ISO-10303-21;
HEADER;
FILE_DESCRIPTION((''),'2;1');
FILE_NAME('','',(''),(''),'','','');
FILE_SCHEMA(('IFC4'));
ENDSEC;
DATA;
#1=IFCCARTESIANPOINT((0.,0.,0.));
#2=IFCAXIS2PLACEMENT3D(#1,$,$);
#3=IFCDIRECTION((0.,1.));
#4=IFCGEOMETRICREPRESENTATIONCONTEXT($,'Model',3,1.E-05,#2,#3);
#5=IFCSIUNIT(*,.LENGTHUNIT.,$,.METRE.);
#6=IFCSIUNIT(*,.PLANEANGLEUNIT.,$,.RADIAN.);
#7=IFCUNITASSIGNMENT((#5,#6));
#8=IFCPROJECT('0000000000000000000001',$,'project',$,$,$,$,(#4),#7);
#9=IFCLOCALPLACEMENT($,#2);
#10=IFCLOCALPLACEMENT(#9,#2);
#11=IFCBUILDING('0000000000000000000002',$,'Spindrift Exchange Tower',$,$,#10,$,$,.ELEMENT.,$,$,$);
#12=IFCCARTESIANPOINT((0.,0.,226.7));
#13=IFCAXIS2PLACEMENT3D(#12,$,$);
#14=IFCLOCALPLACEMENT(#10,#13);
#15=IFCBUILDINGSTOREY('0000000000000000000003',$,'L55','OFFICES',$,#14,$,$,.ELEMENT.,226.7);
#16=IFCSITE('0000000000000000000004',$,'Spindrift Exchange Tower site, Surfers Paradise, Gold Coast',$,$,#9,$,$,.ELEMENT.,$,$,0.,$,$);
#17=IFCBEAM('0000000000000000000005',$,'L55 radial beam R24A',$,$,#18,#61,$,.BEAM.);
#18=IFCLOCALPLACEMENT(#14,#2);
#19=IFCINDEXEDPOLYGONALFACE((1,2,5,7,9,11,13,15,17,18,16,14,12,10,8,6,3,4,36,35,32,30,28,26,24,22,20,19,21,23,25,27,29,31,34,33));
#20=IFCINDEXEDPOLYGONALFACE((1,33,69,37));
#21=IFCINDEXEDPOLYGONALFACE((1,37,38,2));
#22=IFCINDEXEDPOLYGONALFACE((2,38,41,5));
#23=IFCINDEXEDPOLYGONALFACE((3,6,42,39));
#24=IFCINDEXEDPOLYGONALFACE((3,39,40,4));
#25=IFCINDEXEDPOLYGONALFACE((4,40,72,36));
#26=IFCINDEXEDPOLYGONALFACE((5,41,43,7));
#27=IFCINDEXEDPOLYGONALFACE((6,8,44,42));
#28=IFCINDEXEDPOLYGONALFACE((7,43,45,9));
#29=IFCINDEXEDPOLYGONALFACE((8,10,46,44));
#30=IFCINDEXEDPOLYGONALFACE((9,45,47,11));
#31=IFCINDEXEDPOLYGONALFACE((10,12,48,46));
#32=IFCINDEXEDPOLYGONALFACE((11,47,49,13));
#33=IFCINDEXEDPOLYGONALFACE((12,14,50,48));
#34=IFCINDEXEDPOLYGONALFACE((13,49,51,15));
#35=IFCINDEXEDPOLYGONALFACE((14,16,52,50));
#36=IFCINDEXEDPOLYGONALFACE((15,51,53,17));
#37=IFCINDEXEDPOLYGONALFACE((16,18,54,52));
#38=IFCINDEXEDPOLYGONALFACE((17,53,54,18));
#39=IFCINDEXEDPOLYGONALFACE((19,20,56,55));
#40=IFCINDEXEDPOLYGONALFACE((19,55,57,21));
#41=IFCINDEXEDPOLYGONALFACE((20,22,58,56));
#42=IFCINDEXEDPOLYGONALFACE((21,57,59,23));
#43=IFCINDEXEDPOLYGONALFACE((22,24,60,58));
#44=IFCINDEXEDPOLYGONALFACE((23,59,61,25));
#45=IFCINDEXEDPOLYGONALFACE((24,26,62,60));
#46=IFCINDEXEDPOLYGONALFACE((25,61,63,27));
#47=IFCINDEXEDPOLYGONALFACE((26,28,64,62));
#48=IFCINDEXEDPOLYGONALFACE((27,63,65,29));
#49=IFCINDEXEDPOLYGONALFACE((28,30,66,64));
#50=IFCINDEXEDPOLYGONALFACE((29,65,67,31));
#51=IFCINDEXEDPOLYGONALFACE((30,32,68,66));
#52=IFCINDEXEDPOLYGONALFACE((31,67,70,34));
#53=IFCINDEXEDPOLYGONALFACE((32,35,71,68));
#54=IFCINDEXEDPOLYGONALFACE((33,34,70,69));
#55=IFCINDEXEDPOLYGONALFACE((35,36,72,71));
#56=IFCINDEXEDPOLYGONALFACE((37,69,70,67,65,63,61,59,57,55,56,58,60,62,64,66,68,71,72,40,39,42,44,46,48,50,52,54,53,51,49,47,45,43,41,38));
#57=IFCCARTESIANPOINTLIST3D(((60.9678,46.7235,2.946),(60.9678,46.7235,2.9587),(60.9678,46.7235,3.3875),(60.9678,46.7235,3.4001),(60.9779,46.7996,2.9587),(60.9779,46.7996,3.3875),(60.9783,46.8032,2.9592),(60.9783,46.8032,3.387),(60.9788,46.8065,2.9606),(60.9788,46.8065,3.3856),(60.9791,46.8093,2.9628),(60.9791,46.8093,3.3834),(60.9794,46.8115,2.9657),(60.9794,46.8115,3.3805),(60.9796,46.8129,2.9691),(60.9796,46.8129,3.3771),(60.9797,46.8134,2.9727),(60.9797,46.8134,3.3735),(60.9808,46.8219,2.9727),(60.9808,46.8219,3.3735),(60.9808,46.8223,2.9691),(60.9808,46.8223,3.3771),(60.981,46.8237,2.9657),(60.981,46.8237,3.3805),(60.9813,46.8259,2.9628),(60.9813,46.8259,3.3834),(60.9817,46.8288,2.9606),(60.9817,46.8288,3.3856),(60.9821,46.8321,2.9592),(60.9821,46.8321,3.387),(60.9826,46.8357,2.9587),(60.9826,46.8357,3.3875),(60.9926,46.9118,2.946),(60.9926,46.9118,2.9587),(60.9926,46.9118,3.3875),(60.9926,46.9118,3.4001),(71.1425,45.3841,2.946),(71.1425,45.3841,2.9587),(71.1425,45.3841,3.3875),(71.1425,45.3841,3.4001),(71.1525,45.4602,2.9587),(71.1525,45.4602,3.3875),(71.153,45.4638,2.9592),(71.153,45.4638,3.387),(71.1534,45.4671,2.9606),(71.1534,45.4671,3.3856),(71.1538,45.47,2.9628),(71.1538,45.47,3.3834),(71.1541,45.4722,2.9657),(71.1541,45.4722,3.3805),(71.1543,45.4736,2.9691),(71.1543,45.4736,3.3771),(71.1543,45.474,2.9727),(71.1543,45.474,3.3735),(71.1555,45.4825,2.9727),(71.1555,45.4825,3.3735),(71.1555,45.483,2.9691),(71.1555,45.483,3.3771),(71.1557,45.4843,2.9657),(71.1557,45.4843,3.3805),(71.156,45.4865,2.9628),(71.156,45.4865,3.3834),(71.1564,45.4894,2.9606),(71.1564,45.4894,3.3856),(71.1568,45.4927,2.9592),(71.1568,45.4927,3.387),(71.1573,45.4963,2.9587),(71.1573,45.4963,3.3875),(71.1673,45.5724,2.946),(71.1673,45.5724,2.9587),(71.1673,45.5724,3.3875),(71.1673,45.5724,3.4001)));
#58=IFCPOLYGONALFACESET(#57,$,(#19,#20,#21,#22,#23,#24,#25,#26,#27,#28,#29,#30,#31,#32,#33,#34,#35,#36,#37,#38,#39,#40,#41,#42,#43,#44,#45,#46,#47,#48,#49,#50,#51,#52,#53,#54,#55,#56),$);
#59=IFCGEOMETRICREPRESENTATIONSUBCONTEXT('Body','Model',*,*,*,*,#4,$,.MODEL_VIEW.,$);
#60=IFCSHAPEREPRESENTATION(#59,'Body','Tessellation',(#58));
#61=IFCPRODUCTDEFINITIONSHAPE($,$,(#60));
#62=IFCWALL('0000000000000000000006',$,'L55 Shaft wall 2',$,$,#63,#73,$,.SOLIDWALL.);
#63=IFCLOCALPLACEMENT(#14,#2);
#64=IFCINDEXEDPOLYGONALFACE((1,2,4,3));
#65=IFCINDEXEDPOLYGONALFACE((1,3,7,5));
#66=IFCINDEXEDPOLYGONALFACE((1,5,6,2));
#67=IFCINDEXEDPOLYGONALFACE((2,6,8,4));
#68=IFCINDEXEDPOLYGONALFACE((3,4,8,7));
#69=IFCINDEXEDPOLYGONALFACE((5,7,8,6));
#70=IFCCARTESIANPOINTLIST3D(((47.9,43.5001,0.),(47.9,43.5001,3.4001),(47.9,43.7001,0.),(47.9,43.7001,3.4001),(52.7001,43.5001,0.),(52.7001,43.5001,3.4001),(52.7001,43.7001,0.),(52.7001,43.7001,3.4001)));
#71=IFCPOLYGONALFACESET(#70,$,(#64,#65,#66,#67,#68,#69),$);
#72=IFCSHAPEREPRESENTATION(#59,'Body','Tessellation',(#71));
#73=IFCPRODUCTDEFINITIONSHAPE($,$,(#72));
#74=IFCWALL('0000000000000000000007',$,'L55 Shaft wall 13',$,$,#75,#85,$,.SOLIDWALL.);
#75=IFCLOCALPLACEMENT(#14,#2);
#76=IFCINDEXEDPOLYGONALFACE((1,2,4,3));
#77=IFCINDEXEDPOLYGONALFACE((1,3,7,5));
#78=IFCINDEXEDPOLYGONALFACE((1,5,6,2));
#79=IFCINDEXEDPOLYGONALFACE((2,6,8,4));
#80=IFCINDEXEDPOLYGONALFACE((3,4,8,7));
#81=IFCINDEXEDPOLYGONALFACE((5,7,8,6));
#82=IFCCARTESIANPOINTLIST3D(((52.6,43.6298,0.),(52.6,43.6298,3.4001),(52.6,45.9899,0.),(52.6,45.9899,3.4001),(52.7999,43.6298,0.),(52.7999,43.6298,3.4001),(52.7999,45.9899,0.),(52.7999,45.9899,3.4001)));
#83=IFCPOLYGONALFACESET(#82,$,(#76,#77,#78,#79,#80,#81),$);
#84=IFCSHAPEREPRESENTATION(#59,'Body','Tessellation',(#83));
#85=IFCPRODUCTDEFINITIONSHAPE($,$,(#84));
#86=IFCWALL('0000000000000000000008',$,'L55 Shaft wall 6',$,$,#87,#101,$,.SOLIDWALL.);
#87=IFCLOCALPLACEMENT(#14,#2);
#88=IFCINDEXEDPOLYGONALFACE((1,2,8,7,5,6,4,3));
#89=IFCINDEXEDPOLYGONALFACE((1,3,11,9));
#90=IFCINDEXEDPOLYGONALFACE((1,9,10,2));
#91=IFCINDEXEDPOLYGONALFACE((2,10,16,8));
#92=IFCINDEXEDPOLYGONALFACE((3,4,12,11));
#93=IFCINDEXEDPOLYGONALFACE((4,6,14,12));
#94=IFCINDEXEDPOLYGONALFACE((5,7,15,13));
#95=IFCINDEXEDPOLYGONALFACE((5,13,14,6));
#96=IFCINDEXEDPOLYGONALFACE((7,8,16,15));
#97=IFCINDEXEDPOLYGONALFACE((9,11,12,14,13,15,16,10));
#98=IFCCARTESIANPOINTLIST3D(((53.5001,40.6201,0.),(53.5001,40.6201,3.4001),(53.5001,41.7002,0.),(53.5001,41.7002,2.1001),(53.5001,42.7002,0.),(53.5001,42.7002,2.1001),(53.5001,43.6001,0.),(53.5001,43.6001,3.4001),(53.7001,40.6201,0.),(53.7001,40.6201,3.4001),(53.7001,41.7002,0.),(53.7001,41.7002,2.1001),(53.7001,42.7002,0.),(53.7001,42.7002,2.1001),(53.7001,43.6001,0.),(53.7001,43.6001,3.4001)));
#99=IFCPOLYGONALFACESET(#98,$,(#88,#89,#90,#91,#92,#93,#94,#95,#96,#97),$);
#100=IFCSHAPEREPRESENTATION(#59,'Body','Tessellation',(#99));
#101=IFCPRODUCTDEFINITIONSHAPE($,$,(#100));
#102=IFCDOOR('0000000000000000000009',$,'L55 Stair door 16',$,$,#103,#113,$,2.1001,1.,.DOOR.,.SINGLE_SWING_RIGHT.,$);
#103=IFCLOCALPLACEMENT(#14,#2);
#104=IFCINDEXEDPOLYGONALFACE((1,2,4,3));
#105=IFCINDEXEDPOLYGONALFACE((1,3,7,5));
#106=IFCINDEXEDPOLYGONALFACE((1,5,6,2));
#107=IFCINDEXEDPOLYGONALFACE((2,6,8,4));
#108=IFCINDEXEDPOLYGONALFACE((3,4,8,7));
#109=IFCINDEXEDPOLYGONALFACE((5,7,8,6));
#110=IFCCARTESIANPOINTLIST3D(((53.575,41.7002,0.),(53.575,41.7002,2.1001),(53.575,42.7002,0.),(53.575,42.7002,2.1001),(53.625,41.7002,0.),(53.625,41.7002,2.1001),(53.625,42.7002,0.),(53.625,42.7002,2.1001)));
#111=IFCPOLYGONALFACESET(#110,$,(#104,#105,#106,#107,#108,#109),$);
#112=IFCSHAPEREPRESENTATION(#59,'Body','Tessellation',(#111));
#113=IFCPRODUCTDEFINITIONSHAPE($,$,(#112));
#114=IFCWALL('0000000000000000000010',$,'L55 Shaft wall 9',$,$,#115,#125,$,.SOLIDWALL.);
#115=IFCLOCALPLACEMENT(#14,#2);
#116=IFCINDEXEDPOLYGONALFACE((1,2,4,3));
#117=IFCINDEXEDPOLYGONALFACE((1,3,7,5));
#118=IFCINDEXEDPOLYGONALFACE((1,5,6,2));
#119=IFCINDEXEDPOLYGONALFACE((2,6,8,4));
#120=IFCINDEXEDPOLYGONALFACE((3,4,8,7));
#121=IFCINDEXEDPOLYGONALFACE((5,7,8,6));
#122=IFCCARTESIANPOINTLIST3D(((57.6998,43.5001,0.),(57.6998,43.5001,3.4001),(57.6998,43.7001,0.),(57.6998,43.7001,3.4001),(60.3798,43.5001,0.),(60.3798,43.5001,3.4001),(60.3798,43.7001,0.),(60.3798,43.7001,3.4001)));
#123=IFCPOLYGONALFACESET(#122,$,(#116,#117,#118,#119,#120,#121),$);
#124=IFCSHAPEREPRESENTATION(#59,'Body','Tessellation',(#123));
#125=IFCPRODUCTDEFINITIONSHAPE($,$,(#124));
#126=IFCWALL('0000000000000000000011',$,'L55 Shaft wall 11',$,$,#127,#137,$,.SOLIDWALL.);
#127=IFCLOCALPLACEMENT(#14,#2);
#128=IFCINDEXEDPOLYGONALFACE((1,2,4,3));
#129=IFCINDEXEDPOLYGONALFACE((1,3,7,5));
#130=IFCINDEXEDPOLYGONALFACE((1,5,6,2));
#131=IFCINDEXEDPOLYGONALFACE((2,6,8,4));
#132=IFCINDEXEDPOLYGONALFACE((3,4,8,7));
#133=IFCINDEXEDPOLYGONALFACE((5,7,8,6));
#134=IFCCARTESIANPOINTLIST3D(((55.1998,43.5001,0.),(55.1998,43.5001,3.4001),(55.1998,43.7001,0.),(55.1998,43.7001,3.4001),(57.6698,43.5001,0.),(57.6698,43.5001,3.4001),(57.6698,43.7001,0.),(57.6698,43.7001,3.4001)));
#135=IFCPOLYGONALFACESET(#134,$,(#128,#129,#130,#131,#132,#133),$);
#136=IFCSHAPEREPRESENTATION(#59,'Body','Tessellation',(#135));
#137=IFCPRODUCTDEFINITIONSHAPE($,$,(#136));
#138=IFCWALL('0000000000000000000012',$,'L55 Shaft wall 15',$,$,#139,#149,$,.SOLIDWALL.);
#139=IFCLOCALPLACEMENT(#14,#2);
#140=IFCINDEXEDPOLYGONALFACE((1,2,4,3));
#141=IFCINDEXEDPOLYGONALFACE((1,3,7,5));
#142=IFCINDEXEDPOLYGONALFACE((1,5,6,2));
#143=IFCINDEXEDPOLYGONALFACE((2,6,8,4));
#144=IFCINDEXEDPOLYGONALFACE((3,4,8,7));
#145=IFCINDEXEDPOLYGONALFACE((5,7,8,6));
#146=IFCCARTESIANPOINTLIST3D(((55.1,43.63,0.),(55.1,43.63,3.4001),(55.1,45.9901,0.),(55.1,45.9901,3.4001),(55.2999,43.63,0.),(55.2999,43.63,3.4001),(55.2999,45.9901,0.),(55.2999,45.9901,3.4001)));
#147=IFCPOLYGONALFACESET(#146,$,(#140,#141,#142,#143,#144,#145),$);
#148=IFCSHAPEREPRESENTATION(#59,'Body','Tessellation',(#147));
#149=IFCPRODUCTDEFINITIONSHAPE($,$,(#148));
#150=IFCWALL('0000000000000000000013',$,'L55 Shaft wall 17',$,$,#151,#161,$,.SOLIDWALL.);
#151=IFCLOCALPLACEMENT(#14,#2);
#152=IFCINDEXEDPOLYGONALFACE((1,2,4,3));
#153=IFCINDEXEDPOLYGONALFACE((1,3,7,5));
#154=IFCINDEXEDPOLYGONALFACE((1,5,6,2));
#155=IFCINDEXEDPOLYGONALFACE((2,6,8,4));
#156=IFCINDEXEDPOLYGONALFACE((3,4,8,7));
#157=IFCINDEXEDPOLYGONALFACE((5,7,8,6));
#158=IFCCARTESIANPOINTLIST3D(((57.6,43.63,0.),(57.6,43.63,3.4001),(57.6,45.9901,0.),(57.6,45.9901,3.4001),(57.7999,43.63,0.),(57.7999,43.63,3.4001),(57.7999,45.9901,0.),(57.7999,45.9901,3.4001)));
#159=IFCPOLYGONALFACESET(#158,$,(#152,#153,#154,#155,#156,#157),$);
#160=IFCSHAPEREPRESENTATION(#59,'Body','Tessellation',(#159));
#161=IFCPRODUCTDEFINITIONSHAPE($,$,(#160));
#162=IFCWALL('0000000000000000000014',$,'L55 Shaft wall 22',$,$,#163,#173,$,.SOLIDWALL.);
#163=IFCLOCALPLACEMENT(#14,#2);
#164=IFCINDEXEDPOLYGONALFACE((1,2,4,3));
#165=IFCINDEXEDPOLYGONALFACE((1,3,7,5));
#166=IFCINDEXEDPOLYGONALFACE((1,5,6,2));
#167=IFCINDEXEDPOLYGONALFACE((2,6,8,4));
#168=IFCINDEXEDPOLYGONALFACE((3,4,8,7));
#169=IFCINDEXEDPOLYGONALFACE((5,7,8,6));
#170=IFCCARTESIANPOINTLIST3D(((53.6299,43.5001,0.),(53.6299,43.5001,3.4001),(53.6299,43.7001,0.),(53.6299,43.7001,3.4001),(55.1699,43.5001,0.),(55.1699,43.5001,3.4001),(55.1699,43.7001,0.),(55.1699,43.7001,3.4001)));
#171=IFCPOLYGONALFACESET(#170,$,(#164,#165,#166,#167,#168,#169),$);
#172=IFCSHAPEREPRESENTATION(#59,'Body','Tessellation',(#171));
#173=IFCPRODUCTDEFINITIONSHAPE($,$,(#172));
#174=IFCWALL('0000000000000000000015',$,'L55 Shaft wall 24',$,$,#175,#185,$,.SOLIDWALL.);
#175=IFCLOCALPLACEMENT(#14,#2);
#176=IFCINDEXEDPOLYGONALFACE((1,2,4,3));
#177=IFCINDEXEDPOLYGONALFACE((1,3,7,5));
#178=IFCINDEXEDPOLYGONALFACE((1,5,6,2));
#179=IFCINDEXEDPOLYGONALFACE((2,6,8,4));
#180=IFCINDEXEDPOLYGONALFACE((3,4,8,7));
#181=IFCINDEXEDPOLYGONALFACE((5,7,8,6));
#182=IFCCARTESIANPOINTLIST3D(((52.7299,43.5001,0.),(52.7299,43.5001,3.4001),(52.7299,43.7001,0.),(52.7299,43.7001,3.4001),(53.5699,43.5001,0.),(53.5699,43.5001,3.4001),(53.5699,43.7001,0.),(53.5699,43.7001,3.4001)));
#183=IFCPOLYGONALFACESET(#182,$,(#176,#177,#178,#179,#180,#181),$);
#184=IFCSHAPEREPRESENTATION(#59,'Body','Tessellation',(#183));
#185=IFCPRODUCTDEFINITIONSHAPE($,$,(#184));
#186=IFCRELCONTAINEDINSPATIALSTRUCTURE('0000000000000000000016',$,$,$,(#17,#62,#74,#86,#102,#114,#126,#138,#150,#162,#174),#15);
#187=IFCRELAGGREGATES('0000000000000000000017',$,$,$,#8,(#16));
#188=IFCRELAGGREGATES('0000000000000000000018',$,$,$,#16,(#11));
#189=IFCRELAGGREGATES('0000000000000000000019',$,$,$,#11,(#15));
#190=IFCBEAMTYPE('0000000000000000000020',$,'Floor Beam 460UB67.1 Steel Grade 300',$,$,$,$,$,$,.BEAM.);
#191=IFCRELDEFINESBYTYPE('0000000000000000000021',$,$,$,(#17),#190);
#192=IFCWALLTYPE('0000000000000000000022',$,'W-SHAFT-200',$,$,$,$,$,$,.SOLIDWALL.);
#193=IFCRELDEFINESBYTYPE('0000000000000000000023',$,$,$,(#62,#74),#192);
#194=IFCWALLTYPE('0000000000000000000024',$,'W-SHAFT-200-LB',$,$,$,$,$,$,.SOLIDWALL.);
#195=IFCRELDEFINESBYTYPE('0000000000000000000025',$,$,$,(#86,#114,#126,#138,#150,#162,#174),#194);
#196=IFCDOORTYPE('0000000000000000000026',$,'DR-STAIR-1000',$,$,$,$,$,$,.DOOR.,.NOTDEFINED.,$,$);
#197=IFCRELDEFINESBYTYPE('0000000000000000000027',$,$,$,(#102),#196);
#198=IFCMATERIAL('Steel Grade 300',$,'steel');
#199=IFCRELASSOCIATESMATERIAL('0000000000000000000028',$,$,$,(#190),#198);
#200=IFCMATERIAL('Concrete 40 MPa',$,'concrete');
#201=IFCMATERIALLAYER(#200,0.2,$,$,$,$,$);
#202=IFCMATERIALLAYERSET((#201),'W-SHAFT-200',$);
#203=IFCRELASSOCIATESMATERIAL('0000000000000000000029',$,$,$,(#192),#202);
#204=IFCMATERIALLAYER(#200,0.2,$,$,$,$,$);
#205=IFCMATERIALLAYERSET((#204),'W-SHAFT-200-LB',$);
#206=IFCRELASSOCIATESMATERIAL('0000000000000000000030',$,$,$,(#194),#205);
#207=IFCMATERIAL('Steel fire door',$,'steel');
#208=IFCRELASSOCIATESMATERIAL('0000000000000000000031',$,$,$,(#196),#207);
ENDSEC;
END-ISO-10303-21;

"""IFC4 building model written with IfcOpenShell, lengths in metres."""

from ifc_helpers import new_model, si_unit, direction, frame, frame_2d, origin, origin_2d, place, context, subcontext, project, spatial, rectangle, i_section, extrude, source, transform, mapped, material, layer, layer_set, material_profile, profile_set, type_object, element, fill, save


model = new_model("IFC4")

# Units and contexts
model_context = context("Model", 3, precision=1e-05, world=origin(), true_north=direction((0.0, 1.0)))
body_context = subcontext(model_context, "Body", "Model", "MODEL_VIEW")
ifc_project = project(units=[si_unit("LENGTHUNIT", "METRE"), si_unit("PLANEANGLEUNIT", "RADIAN")], contexts=[model_context])

# Site, building, storey
site_placement = place(None, origin())
site = spatial("IfcSite", under=ifc_project, at=site_placement, Name="Spindrift Exchange Tower site, Surfers Paradise, Gold Coast", CompositionType="ELEMENT", RefElevation=0.0)
building_placement = place(site_placement, origin())
building = spatial("IfcBuilding", under=site, at=building_placement, Name="Spindrift Exchange Tower", CompositionType="ELEMENT")
storey_placement = place(building_placement, frame((0.0, 0.0, 226.7)))
storey = spatial("IfcBuildingStorey", under=building, at=storey_placement, Name="L55", Description="OFFICES", CompositionType="ELEMENT", Elevation=226.7)

# Beam
ifc_material_1 = material(Name="Steel Grade 300", Category="steel")
ifc_material_profile_1 = material_profile(ifc_material_1, i_section(OverallWidth=0.1899, OverallDepth=0.4541, WebThickness=0.0085, FlangeThickness=0.0127, FilletRadius=0.0139, at=origin_2d()), Name="460UB67.1")
ifc_profile_set_1 = profile_set([ifc_material_profile_1], Name="Steel Grade 300")
beam_type_1 = type_object("IfcBeamType", Name="Floor Beam 460UB67.1 Steel Grade 300", PredefinedType="BEAM", material=ifc_profile_set_1)
shared_shape_1 = source(origin(), body_context, "Body", "SweptSolid", [
    extrude(i_section(OverallWidth=0.1899, OverallDepth=0.4541, WebThickness=0.0085, FlangeThickness=0.0127, FilletRadius=0.0139, at=origin_2d()), origin(), (0.0, 0.0, 1.0), 10.2625),
])
beam_1_placement = place(storey_placement, frame((60.9802, 46.8176, 3.1731), z_axis=(0.991447, -0.130512, 0.0), x_axis=(0.130512, 0.991447, 0.0)))
element("IfcBeam", 1, at=beam_1_placement, inside=storey, type_object=beam_type_1, Name="L55 radial beam R24A", PredefinedType="BEAM", context=body_context, shape_type="MappedRepresentation", body=[
    mapped(shared_shape_1, transform((0.0, 0.0, 0.0), scale=1.0)),
])

# Walls
ifc_material_2 = material(Name="Concrete 40 MPa", Category="concrete")
ifc_layer_1 = layer(ifc_material_2, 0.2)
ifc_layer_set_1 = layer_set([ifc_layer_1], Name="W-SHAFT-200")
wall_type_1 = type_object("IfcWallType", Name="W-SHAFT-200", PredefinedType="SOLIDWALL", material=ifc_layer_set_1)
wall_1_placement = place(storey_placement, frame((52.7, 43.6001, 0.0), z_axis=(0.0, 0.0, 1.0), x_axis=(-1.0, 0.0, 0.0)))
element("IfcWall", 2, at=wall_1_placement, inside=storey, type_object=wall_type_1, Name="L55 Shaft wall 2", PredefinedType="SOLIDWALL", context=body_context, shape_type="SweptSolid", body=[
    extrude(rectangle(XDim=4.8, YDim=0.2, at=frame_2d((2.3999, 0.0))), origin(), (0.0, 0.0, 1.0), 3.4001),
])
wall_2_placement = place(storey_placement, frame((52.7, 45.99, 0.0), z_axis=(0.0, 0.0, 1.0), x_axis=(0.0, -1.0, 0.0)))
element("IfcWall", 3, at=wall_2_placement, inside=storey, type_object=wall_type_1, Name="L55 Shaft wall 13", PredefinedType="SOLIDWALL", context=body_context, shape_type="SweptSolid", body=[
    extrude(rectangle(XDim=2.3601, YDim=0.2, at=frame_2d((1.1802, 0.0))), origin(), (0.0, 0.0, 1.0), 3.4001),
])

# Wall, opening, door
ifc_layer_2 = layer(ifc_material_2, 0.2)
ifc_layer_set_2 = layer_set([ifc_layer_2], Name="W-SHAFT-200-LB")
wall_type_2 = type_object("IfcWallType", Name="W-SHAFT-200-LB", PredefinedType="SOLIDWALL", material=ifc_layer_set_2)
wall_3_placement = place(storey_placement, frame((53.6001, 43.6001, 0.0), z_axis=(0.0, 0.0, 1.0), x_axis=(0.0, -1.0, 0.0)))
wall_3 = element("IfcWall", 4, at=wall_3_placement, inside=storey, type_object=wall_type_2, Name="L55 Shaft wall 6", PredefinedType="SOLIDWALL", context=body_context, shape_type="SweptSolid", body=[
    extrude(rectangle(XDim=2.98, YDim=0.2, at=frame_2d((1.49, 0.0))), origin(), (0.0, 0.0, 1.0), 3.4001),
])
opening_placement = place(wall_3_placement, frame((0.8999, 0.0, 0.0)))
opening = element("IfcOpeningElement", 5, at=opening_placement, cuts=wall_3, PredefinedType="OPENING", context=body_context, shape_type="SweptSolid", body=[
    extrude(rectangle(XDim=1.0, YDim=2.1001, at=frame_2d((0.5, 1.05))), frame((0.0, 0.1099, 0.0), z_axis=(0.0, -1.0, 0.0), x_axis=(1.0, 0.0, 0.0)), (0.0, 0.0, 1.0), 0.22),
])
ifc_material_3 = material(Name="Steel fire door", Category="steel")
door_type = type_object("IfcDoorType", Name="DR-STAIR-1000", OperationType="NOTDEFINED", PredefinedType="DOOR", material=ifc_material_3)
shared_shape_2 = source(origin(), body_context, "Body", "SweptSolid", [
    extrude(rectangle(XDim=1.0, YDim=2.1001, at=frame_2d((0.5, 1.05))), frame((0.0, 0.0249, 0.0), z_axis=(0.0, -1.0, 0.0), x_axis=(1.0, 0.0, 0.0)), (0.0, 0.0, 1.0), 0.05),
])
door_placement = place(opening_placement, origin())
door = element("IfcDoor", 6, at=door_placement, inside=storey, type_object=door_type, Name="L55 Stair door 16", OperationType="SINGLE_SWING_RIGHT", OverallHeight=2.1001, OverallWidth=1.0, PredefinedType="DOOR", context=body_context, shape_type="MappedRepresentation", body=[
    mapped(shared_shape_2, transform((0.0, 0.0, 0.0), scale=1.0)),
])
fill(opening, door)

# Walls
wall_4_placement = place(storey_placement, frame((57.7, 43.6001, 0.0), z_axis=(0.0, 0.0, 1.0), x_axis=(1.0, 0.0, 0.0)))
element("IfcWall", 7, at=wall_4_placement, inside=storey, type_object=wall_type_2, Name="L55 Shaft wall 9", PredefinedType="SOLIDWALL", context=body_context, shape_type="SweptSolid", body=[
    extrude(rectangle(XDim=2.6799, YDim=0.2, at=frame_2d((1.3398, 0.0))), origin(), (0.0, 0.0, 1.0), 3.4001),
])
wall_5_placement = place(storey_placement, frame((55.2, 43.6001, 0.0), z_axis=(0.0, 0.0, 1.0), x_axis=(1.0, 0.0, 0.0)))
element("IfcWall", 8, at=wall_5_placement, inside=storey, type_object=wall_type_2, Name="L55 Shaft wall 11", PredefinedType="SOLIDWALL", context=body_context, shape_type="SweptSolid", body=[
    extrude(rectangle(XDim=2.47, YDim=0.2, at=frame_2d((1.2349, 0.0))), origin(), (0.0, 0.0, 1.0), 3.4001),
])
for number, where, z_axis, x_axis, name in (
    (9, (55.2, 43.6299, 0.0), (0.0, 0.0, 1.0), (0.0, 1.0, 0.0), "L55 Shaft wall 15"),
    (10, (57.7, 43.6299, 0.0), (0.0, 0.0, 1.0), (0.0, 1.0, 0.0), "L55 Shaft wall 17"),
):
    element("IfcWall", number, at=place(storey_placement, frame(where, z_axis=z_axis, x_axis=x_axis)), inside=storey, type_object=wall_type_2, Name=name, PredefinedType="SOLIDWALL", context=body_context, shape_type="SweptSolid", body=[
        extrude(rectangle(XDim=2.3601, YDim=0.2, at=frame_2d((1.1802, 0.0))), origin(), (0.0, 0.0, 1.0), 3.4001),
    ])
wall_6_placement = place(storey_placement, frame((53.6299, 43.6001, 0.0), z_axis=(0.0, 0.0, 1.0), x_axis=(1.0, 0.0, 0.0)))
element("IfcWall", 11, at=wall_6_placement, inside=storey, type_object=wall_type_2, Name="L55 Shaft wall 22", PredefinedType="SOLIDWALL", context=body_context, shape_type="SweptSolid", body=[
    extrude(rectangle(XDim=1.54, YDim=0.2, at=frame_2d((0.77, 0.0))), origin(), (0.0, 0.0, 1.0), 3.4001),
])
wall_7_placement = place(storey_placement, frame((52.73, 43.6001, 0.0), z_axis=(0.0, 0.0, 1.0), x_axis=(1.0, 0.0, 0.0)))
element("IfcWall", 12, at=wall_7_placement, inside=storey, type_object=wall_type_2, Name="L55 Shaft wall 24", PredefinedType="SOLIDWALL", context=body_context, shape_type="SweptSolid", body=[
    extrude(rectangle(XDim=0.8401, YDim=0.2, at=frame_2d((0.4199, 0.0))), origin(), (0.0, 0.0, 1.0), 3.4001),
])

save(model, "model.ifc")
